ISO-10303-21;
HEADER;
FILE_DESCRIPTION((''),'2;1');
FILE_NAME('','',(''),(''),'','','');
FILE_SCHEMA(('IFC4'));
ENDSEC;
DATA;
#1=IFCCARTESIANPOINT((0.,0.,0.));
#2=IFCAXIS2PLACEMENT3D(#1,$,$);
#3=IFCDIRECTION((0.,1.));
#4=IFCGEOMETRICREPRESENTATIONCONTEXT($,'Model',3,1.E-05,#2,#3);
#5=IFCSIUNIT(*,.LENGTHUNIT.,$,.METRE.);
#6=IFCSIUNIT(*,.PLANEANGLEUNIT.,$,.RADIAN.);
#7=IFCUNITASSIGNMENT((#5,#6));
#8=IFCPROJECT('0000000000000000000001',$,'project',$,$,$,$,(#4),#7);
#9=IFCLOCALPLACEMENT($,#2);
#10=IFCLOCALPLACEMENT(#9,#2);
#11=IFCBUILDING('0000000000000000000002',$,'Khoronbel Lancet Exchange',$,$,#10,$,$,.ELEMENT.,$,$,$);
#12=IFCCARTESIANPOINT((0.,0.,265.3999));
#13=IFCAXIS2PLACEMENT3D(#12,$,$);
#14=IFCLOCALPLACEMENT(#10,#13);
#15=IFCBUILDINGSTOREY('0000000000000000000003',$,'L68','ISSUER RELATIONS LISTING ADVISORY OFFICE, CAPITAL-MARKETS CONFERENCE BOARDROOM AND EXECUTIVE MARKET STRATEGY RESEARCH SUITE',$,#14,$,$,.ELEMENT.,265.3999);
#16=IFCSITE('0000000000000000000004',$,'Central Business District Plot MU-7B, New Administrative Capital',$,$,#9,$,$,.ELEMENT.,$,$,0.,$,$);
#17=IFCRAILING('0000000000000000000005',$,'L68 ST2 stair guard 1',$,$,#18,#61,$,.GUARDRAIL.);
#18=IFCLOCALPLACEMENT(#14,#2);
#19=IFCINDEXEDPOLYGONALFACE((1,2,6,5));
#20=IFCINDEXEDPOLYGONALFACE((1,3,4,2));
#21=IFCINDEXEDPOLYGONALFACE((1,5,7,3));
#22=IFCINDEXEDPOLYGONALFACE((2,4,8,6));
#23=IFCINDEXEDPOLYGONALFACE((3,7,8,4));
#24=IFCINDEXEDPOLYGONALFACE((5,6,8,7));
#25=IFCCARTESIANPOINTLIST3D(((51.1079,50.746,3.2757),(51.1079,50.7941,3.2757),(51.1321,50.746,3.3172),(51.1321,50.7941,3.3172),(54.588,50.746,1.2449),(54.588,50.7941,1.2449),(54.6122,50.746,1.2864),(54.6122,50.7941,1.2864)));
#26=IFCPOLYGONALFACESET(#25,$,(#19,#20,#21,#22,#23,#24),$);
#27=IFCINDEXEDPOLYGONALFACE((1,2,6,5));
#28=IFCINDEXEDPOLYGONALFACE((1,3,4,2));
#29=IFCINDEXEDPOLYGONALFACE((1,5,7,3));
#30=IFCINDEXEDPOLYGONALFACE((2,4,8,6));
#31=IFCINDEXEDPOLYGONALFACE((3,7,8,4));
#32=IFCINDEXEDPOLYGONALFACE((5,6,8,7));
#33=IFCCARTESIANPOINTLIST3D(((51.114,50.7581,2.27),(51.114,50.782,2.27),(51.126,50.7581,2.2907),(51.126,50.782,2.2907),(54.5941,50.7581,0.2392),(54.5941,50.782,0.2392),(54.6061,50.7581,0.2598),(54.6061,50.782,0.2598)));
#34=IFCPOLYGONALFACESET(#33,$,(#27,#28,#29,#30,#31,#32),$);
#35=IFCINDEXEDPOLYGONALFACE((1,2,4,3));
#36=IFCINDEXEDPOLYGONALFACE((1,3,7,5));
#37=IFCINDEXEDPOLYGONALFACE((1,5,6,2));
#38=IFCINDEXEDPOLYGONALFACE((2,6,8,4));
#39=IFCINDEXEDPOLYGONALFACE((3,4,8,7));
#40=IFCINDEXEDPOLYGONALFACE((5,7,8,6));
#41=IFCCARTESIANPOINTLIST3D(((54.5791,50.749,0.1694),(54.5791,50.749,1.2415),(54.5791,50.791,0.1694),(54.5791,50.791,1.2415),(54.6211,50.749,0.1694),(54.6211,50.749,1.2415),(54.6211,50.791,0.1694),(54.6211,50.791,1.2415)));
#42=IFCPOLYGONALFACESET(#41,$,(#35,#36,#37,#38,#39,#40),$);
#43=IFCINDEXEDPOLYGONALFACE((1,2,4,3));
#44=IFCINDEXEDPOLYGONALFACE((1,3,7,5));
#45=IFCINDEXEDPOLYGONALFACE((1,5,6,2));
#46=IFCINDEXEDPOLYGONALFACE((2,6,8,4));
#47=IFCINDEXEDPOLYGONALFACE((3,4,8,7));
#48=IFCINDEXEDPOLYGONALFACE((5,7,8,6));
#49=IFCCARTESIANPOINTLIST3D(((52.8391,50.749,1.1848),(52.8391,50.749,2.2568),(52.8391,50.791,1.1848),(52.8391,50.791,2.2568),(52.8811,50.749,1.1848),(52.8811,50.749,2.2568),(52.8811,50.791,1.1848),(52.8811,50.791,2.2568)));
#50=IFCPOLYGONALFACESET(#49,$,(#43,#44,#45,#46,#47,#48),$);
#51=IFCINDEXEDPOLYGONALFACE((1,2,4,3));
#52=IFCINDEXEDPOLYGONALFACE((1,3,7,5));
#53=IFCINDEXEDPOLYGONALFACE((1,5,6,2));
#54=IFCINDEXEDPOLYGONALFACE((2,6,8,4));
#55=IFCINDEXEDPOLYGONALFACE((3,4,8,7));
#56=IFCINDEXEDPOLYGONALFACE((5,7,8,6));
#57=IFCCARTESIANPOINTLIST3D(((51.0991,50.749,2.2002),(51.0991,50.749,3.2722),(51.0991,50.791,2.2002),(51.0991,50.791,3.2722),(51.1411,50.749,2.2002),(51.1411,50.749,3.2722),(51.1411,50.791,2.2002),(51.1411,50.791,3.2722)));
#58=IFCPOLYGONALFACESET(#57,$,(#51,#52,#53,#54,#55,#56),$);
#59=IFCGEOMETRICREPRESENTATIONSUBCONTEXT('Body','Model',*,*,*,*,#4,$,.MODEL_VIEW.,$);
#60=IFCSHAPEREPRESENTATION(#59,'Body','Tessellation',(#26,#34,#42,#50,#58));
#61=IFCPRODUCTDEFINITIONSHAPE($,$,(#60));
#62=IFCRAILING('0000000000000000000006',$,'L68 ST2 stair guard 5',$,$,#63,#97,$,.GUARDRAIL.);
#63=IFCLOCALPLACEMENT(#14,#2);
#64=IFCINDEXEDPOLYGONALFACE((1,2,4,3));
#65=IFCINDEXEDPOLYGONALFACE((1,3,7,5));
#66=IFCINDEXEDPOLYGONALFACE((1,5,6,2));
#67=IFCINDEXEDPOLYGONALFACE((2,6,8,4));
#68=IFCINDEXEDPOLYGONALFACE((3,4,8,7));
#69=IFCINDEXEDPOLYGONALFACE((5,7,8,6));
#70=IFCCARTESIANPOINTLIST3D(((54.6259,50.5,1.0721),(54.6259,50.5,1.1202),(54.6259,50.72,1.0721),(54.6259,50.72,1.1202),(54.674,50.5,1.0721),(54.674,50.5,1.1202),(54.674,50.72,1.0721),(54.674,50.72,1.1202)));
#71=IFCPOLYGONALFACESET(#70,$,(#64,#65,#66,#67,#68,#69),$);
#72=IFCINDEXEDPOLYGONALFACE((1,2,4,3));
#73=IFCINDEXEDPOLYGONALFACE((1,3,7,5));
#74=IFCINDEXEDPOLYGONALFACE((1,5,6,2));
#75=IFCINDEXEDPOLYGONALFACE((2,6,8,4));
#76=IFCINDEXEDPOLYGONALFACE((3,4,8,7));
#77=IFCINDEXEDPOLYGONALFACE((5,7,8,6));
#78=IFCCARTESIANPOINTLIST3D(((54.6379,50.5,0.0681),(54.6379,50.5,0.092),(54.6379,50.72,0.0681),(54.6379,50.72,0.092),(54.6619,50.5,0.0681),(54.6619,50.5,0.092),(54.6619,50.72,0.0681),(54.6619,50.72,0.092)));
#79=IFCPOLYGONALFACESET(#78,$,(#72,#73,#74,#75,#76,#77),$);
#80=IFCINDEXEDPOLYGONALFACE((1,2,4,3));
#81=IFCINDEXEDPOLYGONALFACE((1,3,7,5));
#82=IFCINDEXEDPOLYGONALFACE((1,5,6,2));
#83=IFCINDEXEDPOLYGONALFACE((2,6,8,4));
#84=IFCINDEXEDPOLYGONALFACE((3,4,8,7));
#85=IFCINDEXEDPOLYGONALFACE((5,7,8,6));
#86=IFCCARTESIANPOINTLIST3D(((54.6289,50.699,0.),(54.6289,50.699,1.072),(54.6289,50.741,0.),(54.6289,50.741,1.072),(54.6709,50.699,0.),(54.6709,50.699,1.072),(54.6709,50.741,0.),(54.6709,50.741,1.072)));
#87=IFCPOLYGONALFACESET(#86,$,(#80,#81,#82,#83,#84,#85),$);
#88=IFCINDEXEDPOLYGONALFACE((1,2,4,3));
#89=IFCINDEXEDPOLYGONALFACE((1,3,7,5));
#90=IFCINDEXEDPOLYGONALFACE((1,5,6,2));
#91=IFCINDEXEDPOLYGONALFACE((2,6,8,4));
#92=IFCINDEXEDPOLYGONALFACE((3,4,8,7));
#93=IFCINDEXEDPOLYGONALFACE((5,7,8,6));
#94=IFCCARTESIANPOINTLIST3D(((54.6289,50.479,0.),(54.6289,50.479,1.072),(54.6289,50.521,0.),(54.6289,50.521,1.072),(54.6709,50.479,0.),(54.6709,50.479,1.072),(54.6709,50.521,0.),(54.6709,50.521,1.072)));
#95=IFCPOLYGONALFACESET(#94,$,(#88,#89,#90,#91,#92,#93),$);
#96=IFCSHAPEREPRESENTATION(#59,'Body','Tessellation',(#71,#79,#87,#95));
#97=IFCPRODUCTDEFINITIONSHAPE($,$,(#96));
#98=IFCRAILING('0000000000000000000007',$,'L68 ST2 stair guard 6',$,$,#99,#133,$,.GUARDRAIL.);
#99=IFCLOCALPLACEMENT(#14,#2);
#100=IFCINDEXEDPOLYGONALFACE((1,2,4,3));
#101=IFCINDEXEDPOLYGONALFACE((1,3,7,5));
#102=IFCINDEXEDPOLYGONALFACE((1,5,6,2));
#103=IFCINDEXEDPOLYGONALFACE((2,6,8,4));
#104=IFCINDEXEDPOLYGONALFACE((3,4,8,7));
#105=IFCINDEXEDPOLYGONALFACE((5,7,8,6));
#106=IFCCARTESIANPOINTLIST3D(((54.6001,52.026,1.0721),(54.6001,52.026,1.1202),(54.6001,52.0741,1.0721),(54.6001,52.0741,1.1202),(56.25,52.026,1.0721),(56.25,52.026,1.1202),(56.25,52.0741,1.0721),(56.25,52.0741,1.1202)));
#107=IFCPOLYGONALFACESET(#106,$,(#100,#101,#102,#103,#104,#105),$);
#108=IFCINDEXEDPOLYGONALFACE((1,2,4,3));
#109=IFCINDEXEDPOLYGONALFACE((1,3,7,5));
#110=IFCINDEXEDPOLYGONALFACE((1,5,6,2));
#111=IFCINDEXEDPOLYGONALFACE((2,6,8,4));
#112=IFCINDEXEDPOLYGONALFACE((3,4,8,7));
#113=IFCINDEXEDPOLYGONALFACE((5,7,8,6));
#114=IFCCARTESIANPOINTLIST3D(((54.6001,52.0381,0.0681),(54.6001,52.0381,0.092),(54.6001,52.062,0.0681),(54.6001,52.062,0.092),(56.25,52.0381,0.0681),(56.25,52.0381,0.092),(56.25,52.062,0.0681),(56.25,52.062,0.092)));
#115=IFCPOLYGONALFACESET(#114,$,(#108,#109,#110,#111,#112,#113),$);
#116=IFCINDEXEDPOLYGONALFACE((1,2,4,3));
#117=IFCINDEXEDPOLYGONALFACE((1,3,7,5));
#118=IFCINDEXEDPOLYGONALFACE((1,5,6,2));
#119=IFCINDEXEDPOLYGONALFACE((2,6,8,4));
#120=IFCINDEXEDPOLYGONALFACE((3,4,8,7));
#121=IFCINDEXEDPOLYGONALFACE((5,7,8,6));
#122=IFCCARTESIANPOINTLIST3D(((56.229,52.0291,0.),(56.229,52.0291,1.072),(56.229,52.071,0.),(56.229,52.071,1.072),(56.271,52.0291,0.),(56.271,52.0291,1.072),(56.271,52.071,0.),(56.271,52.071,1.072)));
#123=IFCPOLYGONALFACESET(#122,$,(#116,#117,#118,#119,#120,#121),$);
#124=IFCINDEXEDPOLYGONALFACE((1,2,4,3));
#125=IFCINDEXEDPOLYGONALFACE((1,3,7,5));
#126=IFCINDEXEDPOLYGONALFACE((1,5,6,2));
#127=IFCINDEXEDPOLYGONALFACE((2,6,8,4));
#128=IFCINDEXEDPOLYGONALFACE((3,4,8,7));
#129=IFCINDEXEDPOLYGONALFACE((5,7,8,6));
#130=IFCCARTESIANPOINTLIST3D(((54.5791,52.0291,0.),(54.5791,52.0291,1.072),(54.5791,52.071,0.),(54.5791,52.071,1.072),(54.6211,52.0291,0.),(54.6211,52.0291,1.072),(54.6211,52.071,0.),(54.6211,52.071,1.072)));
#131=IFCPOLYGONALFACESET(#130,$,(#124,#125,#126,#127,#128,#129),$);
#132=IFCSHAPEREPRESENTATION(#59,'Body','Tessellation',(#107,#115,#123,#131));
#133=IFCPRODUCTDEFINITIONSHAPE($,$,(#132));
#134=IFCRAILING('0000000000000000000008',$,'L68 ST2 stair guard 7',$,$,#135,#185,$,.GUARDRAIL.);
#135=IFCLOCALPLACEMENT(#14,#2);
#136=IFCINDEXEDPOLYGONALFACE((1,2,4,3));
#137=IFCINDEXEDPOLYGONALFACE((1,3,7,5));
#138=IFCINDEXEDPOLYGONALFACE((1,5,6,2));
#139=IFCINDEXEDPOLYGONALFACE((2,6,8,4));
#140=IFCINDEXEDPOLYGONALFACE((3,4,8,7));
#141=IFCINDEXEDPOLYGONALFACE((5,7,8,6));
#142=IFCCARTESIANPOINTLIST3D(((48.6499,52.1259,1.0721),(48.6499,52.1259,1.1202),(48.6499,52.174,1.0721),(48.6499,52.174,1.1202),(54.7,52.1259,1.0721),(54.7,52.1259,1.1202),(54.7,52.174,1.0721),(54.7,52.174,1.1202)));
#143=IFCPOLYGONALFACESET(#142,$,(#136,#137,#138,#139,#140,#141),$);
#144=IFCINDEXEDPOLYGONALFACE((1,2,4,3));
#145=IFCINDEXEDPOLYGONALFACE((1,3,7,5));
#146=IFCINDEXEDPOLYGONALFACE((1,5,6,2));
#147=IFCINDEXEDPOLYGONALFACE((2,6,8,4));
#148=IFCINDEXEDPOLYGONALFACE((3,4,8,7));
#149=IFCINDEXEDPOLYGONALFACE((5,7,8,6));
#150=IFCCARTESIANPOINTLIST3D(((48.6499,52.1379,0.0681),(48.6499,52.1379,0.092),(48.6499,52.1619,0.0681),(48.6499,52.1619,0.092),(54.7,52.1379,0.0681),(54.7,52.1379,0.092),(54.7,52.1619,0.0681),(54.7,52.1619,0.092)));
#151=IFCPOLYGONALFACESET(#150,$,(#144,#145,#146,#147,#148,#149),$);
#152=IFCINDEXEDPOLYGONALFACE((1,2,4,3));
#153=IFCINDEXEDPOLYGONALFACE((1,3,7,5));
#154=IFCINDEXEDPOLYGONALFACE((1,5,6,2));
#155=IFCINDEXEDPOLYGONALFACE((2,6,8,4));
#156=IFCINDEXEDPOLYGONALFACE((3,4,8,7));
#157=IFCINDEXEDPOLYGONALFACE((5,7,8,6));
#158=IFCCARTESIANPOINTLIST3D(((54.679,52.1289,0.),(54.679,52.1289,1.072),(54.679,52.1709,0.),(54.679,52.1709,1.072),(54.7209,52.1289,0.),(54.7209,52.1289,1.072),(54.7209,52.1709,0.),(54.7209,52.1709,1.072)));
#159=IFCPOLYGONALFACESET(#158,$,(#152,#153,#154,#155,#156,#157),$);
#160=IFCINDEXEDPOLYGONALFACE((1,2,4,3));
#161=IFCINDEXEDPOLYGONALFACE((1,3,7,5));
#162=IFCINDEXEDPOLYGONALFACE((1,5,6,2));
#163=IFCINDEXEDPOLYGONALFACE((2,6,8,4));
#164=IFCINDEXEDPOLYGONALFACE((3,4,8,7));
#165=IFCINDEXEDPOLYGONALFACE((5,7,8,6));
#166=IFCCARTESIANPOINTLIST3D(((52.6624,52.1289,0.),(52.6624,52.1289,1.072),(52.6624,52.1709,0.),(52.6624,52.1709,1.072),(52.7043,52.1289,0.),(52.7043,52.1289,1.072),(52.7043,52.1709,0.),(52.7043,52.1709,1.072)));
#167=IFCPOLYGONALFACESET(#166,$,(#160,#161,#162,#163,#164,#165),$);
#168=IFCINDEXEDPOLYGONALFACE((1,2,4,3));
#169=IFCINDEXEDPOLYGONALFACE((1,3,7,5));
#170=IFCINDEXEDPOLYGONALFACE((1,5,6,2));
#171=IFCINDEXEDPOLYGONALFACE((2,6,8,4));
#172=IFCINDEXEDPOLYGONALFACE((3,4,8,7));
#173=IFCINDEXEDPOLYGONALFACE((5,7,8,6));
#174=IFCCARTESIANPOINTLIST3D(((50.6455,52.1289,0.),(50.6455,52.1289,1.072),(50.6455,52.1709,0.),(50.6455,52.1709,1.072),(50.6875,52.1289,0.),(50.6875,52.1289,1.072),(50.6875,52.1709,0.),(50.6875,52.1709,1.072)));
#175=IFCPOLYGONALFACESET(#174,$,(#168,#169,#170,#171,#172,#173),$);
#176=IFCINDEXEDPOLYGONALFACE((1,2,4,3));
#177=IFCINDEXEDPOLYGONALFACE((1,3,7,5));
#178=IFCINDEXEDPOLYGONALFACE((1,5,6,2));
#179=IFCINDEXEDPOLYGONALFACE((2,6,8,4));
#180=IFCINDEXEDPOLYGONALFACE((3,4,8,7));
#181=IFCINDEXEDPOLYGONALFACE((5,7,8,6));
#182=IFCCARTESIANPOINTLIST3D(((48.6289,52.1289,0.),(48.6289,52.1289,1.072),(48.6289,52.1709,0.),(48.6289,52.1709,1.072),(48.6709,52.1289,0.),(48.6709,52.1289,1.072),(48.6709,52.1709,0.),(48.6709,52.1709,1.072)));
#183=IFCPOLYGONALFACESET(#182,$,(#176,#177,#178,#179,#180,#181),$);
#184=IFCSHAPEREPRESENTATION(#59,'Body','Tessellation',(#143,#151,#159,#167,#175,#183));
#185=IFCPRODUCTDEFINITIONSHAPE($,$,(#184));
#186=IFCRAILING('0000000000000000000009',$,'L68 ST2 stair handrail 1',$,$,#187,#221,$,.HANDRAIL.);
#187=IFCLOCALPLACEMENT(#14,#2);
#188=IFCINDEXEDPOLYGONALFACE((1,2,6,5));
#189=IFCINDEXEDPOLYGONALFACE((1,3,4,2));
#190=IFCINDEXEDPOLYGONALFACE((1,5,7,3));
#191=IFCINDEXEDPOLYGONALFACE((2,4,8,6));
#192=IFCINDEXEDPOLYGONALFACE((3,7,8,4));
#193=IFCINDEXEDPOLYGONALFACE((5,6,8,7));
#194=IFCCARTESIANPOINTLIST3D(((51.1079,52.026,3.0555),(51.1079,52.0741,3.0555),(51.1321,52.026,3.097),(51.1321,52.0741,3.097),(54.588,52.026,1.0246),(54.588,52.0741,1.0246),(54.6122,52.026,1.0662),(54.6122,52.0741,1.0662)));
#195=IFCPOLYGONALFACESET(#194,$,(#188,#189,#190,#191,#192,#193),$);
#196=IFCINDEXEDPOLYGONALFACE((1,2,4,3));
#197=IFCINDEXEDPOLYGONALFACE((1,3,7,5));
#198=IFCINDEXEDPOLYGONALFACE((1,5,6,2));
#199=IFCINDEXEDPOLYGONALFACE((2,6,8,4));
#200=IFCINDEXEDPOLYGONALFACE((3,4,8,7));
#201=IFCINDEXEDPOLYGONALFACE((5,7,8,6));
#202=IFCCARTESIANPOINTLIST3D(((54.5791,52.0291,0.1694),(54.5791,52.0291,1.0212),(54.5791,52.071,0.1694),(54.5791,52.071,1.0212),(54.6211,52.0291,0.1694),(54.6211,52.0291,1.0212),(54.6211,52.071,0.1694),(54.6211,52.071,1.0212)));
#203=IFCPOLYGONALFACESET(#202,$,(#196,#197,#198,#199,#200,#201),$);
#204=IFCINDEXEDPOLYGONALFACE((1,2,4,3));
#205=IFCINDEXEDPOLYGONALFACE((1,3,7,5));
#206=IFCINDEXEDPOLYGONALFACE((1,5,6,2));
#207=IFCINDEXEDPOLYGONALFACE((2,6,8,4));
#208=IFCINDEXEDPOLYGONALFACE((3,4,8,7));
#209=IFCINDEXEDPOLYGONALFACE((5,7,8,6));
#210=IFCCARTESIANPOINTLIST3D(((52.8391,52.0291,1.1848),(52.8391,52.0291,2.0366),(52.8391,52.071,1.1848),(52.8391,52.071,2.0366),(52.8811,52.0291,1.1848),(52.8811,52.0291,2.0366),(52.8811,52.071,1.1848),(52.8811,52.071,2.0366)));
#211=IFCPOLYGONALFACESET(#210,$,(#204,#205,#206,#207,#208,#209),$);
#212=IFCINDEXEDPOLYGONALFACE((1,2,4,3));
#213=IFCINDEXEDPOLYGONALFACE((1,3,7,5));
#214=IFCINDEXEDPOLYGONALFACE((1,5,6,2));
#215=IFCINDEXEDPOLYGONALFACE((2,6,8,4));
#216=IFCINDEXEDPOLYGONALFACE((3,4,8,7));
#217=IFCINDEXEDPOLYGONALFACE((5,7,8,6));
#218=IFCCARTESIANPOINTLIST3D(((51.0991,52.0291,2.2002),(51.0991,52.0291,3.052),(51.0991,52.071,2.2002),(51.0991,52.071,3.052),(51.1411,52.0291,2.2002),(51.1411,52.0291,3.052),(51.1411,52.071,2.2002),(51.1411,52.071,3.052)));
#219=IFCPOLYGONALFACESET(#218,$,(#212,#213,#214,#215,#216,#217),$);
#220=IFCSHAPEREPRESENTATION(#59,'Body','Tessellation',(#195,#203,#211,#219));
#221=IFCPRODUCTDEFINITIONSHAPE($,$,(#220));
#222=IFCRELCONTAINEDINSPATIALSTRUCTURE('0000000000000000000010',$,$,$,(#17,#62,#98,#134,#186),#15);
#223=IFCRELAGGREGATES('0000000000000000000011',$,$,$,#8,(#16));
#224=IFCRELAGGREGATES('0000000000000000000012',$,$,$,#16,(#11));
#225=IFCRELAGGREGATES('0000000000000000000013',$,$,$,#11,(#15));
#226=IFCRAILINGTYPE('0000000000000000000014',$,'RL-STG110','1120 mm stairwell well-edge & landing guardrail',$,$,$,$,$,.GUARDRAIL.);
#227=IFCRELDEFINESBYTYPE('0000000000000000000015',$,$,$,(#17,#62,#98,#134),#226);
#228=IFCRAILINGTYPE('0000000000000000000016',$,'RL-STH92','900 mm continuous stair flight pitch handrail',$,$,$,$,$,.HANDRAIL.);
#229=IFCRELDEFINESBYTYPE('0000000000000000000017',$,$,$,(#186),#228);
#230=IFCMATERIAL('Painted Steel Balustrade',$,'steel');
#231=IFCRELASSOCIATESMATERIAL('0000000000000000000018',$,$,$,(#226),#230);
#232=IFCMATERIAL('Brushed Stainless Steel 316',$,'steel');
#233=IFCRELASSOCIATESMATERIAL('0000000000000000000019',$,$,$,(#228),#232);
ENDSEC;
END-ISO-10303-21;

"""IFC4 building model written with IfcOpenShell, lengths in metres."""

from ifc_helpers import new_model, si_unit, direction, frame, origin, origin_2d, place, context, subcontext, project, spatial, rectangle, extrude, material, type_object, element, save


model = new_model("IFC4")

# Units and contexts
model_context = context("Model", 3, precision=1e-05, world=origin(), true_north=direction((0.0, 1.0)))
body_context = subcontext(model_context, "Body", "Model", "MODEL_VIEW")
ifc_project = project(units=[si_unit("LENGTHUNIT", "METRE"), si_unit("PLANEANGLEUNIT", "RADIAN")], contexts=[model_context])

# Site, building, storey
site_placement = place(None, origin())
site = spatial("IfcSite", under=ifc_project, at=site_placement, Name="Central Business District Plot MU-7B, New Administrative Capital", CompositionType="ELEMENT", RefElevation=0.0)
building_placement = place(site_placement, origin())
building = spatial("IfcBuilding", under=site, at=building_placement, Name="Khoronbel Lancet Exchange", CompositionType="ELEMENT")
storey_placement = place(building_placement, frame((0.0, 0.0, 265.3999)))
storey = spatial("IfcBuildingStorey", under=building, at=storey_placement, Name="L68", Description="ISSUER RELATIONS LISTING ADVISORY OFFICE, CAPITAL-MARKETS CONFERENCE BOARDROOM AND EXECUTIVE MARKET STRATEGY RESEARCH SUITE", CompositionType="ELEMENT", Elevation=265.3999)

# Railings
ifc_material_1 = material(Name="Painted Steel Balustrade", Category="steel")
railing_type_1 = type_object("IfcRailingType", Name="RL-STG110", Description="1120 mm stairwell well-edge & landing guardrail", PredefinedType="GUARDRAIL", material=ifc_material_1)
railing_1_placement = place(storey_placement, frame((54.6001, 50.77, 0.1694)))
element("IfcRailing", 1, at=railing_1_placement, inside=storey, type_object=railing_type_1, Name="L68 ST2 stair guard 1", PredefinedType="GUARDRAIL", context=body_context, shape_type="SweptSolid", body=[
    extrude(rectangle(XDim=0.0481, YDim=0.0481, at=origin_2d()), frame((0.0, 0.0, 1.0962), z_axis=(-0.863695, 0.0, 0.504014), x_axis=(0.0, -1.0, 0.0)), (0.0, 0.0, 1.0), 4.0293),
    extrude(rectangle(XDim=0.0239, YDim=0.0239, at=origin_2d()), frame((0.0, 0.0, 0.0801), z_axis=(-0.863695, 0.0, 0.504014), x_axis=(0.0, -1.0, 0.0)), (0.0, 0.0, 1.0), 4.0293),
    extrude(rectangle(XDim=0.042, YDim=0.042, at=origin_2d()), origin(), (0.0, 0.0, 1.0), 1.072),
    extrude(rectangle(XDim=0.042, YDim=0.042, at=origin_2d()), frame((-1.74, 0.0, 1.0154)), (0.0, 0.0, 1.0), 1.072),
    extrude(rectangle(XDim=0.042, YDim=0.042, at=origin_2d()), frame((-3.48, 0.0, 2.0308)), (0.0, 0.0, 1.0), 1.072),
])
railing_2_placement = place(storey_placement, frame((54.6499, 50.72, 0.0)))
element("IfcRailing", 2, at=railing_2_placement, inside=storey, type_object=railing_type_1, Name="L68 ST2 stair guard 5", PredefinedType="GUARDRAIL", context=body_context, shape_type="SweptSolid", body=[
    extrude(rectangle(XDim=0.0481, YDim=0.0481, at=origin_2d()), frame((0.0, 0.0, 1.0962), z_axis=(0.0, -1.0, 0.0), x_axis=(1.0, 0.0, 0.0)), (0.0, 0.0, 1.0), 0.22),
    extrude(rectangle(XDim=0.0239, YDim=0.0239, at=origin_2d()), frame((0.0, 0.0, 0.0801), z_axis=(0.0, -1.0, 0.0), x_axis=(1.0, 0.0, 0.0)), (0.0, 0.0, 1.0), 0.22),
    extrude(rectangle(XDim=0.042, YDim=0.042, at=origin_2d()), origin(), (0.0, 0.0, 1.0), 1.072),
    extrude(rectangle(XDim=0.042, YDim=0.042, at=origin_2d()), frame((0.0, -0.22, 0.0)), (0.0, 0.0, 1.0), 1.072),
])
railing_3_placement = place(storey_placement, frame((56.25, 52.05, 0.0)))
element("IfcRailing", 3, at=railing_3_placement, inside=storey, type_object=railing_type_1, Name="L68 ST2 stair guard 6", PredefinedType="GUARDRAIL", context=body_context, shape_type="SweptSolid", body=[
    extrude(rectangle(XDim=0.0481, YDim=0.0481, at=origin_2d()), frame((0.0, 0.0, 1.0962), z_axis=(-1.0, 0.0, 0.0), x_axis=(0.0, -1.0, 0.0)), (0.0, 0.0, 1.0), 1.6499),
    extrude(rectangle(XDim=0.0239, YDim=0.0239, at=origin_2d()), frame((0.0, 0.0, 0.0801), z_axis=(-1.0, 0.0, 0.0), x_axis=(0.0, -1.0, 0.0)), (0.0, 0.0, 1.0), 1.6499),
    extrude(rectangle(XDim=0.042, YDim=0.042, at=origin_2d()), origin(), (0.0, 0.0, 1.0), 1.072),
    extrude(rectangle(XDim=0.042, YDim=0.042, at=origin_2d()), frame((-1.6499, 0.0, 0.0)), (0.0, 0.0, 1.0), 1.072),
])
railing_4_placement = place(storey_placement, frame((54.7, 52.1499, 0.0)))
element("IfcRailing", 4, at=railing_4_placement, inside=storey, type_object=railing_type_1, Name="L68 ST2 stair guard 7", PredefinedType="GUARDRAIL", context=body_context, shape_type="SweptSolid", body=[
    extrude(rectangle(XDim=0.0481, YDim=0.0481, at=origin_2d()), frame((0.0, 0.0, 1.0962), z_axis=(-1.0, 0.0, 0.0), x_axis=(0.0, -1.0, 0.0)), (0.0, 0.0, 1.0), 6.05),
    extrude(rectangle(XDim=0.0239, YDim=0.0239, at=origin_2d()), frame((0.0, 0.0, 0.0801), z_axis=(-1.0, 0.0, 0.0), x_axis=(0.0, -1.0, 0.0)), (0.0, 0.0, 1.0), 6.05),
    extrude(rectangle(XDim=0.042, YDim=0.042, at=origin_2d()), origin(), (0.0, 0.0, 1.0), 1.072),
    extrude(rectangle(XDim=0.042, YDim=0.042, at=origin_2d()), frame((-2.0166, 0.0, 0.0)), (0.0, 0.0, 1.0), 1.072),
    extrude(rectangle(XDim=0.042, YDim=0.042, at=origin_2d()), frame((-4.0334, 0.0, 0.0)), (0.0, 0.0, 1.0), 1.072),
    extrude(rectangle(XDim=0.042, YDim=0.042, at=origin_2d()), frame((-6.05, 0.0, 0.0)), (0.0, 0.0, 1.0), 1.072),
])
ifc_material_2 = material(Name="Brushed Stainless Steel 316", Category="steel")
railing_type_2 = type_object("IfcRailingType", Name="RL-STH92", Description="900 mm continuous stair flight pitch handrail", PredefinedType="HANDRAIL", material=ifc_material_2)
railing_5_placement = place(storey_placement, frame((54.6001, 52.05, 0.1694)))
element("IfcRailing", 5, at=railing_5_placement, inside=storey, type_object=railing_type_2, Name="L68 ST2 stair handrail 1", PredefinedType="HANDRAIL", context=body_context, shape_type="SweptSolid", body=[
    extrude(rectangle(XDim=0.0481, YDim=0.0481, at=origin_2d()), frame((0.0, 0.0, 0.876), z_axis=(-0.863695, 0.0, 0.504014), x_axis=(0.0, -1.0, 0.0)), (0.0, 0.0, 1.0), 4.0293),
    extrude(rectangle(XDim=0.042, YDim=0.042, at=origin_2d()), origin(), (0.0, 0.0, 1.0), 0.8518),
    extrude(rectangle(XDim=0.042, YDim=0.042, at=origin_2d()), frame((-1.74, 0.0, 1.0154)), (0.0, 0.0, 1.0), 0.8518),
    extrude(rectangle(XDim=0.042, YDim=0.042, at=origin_2d()), frame((-3.48, 0.0, 2.0308)), (0.0, 0.0, 1.0), 0.8518),
])

save(model, "model.ifc")
